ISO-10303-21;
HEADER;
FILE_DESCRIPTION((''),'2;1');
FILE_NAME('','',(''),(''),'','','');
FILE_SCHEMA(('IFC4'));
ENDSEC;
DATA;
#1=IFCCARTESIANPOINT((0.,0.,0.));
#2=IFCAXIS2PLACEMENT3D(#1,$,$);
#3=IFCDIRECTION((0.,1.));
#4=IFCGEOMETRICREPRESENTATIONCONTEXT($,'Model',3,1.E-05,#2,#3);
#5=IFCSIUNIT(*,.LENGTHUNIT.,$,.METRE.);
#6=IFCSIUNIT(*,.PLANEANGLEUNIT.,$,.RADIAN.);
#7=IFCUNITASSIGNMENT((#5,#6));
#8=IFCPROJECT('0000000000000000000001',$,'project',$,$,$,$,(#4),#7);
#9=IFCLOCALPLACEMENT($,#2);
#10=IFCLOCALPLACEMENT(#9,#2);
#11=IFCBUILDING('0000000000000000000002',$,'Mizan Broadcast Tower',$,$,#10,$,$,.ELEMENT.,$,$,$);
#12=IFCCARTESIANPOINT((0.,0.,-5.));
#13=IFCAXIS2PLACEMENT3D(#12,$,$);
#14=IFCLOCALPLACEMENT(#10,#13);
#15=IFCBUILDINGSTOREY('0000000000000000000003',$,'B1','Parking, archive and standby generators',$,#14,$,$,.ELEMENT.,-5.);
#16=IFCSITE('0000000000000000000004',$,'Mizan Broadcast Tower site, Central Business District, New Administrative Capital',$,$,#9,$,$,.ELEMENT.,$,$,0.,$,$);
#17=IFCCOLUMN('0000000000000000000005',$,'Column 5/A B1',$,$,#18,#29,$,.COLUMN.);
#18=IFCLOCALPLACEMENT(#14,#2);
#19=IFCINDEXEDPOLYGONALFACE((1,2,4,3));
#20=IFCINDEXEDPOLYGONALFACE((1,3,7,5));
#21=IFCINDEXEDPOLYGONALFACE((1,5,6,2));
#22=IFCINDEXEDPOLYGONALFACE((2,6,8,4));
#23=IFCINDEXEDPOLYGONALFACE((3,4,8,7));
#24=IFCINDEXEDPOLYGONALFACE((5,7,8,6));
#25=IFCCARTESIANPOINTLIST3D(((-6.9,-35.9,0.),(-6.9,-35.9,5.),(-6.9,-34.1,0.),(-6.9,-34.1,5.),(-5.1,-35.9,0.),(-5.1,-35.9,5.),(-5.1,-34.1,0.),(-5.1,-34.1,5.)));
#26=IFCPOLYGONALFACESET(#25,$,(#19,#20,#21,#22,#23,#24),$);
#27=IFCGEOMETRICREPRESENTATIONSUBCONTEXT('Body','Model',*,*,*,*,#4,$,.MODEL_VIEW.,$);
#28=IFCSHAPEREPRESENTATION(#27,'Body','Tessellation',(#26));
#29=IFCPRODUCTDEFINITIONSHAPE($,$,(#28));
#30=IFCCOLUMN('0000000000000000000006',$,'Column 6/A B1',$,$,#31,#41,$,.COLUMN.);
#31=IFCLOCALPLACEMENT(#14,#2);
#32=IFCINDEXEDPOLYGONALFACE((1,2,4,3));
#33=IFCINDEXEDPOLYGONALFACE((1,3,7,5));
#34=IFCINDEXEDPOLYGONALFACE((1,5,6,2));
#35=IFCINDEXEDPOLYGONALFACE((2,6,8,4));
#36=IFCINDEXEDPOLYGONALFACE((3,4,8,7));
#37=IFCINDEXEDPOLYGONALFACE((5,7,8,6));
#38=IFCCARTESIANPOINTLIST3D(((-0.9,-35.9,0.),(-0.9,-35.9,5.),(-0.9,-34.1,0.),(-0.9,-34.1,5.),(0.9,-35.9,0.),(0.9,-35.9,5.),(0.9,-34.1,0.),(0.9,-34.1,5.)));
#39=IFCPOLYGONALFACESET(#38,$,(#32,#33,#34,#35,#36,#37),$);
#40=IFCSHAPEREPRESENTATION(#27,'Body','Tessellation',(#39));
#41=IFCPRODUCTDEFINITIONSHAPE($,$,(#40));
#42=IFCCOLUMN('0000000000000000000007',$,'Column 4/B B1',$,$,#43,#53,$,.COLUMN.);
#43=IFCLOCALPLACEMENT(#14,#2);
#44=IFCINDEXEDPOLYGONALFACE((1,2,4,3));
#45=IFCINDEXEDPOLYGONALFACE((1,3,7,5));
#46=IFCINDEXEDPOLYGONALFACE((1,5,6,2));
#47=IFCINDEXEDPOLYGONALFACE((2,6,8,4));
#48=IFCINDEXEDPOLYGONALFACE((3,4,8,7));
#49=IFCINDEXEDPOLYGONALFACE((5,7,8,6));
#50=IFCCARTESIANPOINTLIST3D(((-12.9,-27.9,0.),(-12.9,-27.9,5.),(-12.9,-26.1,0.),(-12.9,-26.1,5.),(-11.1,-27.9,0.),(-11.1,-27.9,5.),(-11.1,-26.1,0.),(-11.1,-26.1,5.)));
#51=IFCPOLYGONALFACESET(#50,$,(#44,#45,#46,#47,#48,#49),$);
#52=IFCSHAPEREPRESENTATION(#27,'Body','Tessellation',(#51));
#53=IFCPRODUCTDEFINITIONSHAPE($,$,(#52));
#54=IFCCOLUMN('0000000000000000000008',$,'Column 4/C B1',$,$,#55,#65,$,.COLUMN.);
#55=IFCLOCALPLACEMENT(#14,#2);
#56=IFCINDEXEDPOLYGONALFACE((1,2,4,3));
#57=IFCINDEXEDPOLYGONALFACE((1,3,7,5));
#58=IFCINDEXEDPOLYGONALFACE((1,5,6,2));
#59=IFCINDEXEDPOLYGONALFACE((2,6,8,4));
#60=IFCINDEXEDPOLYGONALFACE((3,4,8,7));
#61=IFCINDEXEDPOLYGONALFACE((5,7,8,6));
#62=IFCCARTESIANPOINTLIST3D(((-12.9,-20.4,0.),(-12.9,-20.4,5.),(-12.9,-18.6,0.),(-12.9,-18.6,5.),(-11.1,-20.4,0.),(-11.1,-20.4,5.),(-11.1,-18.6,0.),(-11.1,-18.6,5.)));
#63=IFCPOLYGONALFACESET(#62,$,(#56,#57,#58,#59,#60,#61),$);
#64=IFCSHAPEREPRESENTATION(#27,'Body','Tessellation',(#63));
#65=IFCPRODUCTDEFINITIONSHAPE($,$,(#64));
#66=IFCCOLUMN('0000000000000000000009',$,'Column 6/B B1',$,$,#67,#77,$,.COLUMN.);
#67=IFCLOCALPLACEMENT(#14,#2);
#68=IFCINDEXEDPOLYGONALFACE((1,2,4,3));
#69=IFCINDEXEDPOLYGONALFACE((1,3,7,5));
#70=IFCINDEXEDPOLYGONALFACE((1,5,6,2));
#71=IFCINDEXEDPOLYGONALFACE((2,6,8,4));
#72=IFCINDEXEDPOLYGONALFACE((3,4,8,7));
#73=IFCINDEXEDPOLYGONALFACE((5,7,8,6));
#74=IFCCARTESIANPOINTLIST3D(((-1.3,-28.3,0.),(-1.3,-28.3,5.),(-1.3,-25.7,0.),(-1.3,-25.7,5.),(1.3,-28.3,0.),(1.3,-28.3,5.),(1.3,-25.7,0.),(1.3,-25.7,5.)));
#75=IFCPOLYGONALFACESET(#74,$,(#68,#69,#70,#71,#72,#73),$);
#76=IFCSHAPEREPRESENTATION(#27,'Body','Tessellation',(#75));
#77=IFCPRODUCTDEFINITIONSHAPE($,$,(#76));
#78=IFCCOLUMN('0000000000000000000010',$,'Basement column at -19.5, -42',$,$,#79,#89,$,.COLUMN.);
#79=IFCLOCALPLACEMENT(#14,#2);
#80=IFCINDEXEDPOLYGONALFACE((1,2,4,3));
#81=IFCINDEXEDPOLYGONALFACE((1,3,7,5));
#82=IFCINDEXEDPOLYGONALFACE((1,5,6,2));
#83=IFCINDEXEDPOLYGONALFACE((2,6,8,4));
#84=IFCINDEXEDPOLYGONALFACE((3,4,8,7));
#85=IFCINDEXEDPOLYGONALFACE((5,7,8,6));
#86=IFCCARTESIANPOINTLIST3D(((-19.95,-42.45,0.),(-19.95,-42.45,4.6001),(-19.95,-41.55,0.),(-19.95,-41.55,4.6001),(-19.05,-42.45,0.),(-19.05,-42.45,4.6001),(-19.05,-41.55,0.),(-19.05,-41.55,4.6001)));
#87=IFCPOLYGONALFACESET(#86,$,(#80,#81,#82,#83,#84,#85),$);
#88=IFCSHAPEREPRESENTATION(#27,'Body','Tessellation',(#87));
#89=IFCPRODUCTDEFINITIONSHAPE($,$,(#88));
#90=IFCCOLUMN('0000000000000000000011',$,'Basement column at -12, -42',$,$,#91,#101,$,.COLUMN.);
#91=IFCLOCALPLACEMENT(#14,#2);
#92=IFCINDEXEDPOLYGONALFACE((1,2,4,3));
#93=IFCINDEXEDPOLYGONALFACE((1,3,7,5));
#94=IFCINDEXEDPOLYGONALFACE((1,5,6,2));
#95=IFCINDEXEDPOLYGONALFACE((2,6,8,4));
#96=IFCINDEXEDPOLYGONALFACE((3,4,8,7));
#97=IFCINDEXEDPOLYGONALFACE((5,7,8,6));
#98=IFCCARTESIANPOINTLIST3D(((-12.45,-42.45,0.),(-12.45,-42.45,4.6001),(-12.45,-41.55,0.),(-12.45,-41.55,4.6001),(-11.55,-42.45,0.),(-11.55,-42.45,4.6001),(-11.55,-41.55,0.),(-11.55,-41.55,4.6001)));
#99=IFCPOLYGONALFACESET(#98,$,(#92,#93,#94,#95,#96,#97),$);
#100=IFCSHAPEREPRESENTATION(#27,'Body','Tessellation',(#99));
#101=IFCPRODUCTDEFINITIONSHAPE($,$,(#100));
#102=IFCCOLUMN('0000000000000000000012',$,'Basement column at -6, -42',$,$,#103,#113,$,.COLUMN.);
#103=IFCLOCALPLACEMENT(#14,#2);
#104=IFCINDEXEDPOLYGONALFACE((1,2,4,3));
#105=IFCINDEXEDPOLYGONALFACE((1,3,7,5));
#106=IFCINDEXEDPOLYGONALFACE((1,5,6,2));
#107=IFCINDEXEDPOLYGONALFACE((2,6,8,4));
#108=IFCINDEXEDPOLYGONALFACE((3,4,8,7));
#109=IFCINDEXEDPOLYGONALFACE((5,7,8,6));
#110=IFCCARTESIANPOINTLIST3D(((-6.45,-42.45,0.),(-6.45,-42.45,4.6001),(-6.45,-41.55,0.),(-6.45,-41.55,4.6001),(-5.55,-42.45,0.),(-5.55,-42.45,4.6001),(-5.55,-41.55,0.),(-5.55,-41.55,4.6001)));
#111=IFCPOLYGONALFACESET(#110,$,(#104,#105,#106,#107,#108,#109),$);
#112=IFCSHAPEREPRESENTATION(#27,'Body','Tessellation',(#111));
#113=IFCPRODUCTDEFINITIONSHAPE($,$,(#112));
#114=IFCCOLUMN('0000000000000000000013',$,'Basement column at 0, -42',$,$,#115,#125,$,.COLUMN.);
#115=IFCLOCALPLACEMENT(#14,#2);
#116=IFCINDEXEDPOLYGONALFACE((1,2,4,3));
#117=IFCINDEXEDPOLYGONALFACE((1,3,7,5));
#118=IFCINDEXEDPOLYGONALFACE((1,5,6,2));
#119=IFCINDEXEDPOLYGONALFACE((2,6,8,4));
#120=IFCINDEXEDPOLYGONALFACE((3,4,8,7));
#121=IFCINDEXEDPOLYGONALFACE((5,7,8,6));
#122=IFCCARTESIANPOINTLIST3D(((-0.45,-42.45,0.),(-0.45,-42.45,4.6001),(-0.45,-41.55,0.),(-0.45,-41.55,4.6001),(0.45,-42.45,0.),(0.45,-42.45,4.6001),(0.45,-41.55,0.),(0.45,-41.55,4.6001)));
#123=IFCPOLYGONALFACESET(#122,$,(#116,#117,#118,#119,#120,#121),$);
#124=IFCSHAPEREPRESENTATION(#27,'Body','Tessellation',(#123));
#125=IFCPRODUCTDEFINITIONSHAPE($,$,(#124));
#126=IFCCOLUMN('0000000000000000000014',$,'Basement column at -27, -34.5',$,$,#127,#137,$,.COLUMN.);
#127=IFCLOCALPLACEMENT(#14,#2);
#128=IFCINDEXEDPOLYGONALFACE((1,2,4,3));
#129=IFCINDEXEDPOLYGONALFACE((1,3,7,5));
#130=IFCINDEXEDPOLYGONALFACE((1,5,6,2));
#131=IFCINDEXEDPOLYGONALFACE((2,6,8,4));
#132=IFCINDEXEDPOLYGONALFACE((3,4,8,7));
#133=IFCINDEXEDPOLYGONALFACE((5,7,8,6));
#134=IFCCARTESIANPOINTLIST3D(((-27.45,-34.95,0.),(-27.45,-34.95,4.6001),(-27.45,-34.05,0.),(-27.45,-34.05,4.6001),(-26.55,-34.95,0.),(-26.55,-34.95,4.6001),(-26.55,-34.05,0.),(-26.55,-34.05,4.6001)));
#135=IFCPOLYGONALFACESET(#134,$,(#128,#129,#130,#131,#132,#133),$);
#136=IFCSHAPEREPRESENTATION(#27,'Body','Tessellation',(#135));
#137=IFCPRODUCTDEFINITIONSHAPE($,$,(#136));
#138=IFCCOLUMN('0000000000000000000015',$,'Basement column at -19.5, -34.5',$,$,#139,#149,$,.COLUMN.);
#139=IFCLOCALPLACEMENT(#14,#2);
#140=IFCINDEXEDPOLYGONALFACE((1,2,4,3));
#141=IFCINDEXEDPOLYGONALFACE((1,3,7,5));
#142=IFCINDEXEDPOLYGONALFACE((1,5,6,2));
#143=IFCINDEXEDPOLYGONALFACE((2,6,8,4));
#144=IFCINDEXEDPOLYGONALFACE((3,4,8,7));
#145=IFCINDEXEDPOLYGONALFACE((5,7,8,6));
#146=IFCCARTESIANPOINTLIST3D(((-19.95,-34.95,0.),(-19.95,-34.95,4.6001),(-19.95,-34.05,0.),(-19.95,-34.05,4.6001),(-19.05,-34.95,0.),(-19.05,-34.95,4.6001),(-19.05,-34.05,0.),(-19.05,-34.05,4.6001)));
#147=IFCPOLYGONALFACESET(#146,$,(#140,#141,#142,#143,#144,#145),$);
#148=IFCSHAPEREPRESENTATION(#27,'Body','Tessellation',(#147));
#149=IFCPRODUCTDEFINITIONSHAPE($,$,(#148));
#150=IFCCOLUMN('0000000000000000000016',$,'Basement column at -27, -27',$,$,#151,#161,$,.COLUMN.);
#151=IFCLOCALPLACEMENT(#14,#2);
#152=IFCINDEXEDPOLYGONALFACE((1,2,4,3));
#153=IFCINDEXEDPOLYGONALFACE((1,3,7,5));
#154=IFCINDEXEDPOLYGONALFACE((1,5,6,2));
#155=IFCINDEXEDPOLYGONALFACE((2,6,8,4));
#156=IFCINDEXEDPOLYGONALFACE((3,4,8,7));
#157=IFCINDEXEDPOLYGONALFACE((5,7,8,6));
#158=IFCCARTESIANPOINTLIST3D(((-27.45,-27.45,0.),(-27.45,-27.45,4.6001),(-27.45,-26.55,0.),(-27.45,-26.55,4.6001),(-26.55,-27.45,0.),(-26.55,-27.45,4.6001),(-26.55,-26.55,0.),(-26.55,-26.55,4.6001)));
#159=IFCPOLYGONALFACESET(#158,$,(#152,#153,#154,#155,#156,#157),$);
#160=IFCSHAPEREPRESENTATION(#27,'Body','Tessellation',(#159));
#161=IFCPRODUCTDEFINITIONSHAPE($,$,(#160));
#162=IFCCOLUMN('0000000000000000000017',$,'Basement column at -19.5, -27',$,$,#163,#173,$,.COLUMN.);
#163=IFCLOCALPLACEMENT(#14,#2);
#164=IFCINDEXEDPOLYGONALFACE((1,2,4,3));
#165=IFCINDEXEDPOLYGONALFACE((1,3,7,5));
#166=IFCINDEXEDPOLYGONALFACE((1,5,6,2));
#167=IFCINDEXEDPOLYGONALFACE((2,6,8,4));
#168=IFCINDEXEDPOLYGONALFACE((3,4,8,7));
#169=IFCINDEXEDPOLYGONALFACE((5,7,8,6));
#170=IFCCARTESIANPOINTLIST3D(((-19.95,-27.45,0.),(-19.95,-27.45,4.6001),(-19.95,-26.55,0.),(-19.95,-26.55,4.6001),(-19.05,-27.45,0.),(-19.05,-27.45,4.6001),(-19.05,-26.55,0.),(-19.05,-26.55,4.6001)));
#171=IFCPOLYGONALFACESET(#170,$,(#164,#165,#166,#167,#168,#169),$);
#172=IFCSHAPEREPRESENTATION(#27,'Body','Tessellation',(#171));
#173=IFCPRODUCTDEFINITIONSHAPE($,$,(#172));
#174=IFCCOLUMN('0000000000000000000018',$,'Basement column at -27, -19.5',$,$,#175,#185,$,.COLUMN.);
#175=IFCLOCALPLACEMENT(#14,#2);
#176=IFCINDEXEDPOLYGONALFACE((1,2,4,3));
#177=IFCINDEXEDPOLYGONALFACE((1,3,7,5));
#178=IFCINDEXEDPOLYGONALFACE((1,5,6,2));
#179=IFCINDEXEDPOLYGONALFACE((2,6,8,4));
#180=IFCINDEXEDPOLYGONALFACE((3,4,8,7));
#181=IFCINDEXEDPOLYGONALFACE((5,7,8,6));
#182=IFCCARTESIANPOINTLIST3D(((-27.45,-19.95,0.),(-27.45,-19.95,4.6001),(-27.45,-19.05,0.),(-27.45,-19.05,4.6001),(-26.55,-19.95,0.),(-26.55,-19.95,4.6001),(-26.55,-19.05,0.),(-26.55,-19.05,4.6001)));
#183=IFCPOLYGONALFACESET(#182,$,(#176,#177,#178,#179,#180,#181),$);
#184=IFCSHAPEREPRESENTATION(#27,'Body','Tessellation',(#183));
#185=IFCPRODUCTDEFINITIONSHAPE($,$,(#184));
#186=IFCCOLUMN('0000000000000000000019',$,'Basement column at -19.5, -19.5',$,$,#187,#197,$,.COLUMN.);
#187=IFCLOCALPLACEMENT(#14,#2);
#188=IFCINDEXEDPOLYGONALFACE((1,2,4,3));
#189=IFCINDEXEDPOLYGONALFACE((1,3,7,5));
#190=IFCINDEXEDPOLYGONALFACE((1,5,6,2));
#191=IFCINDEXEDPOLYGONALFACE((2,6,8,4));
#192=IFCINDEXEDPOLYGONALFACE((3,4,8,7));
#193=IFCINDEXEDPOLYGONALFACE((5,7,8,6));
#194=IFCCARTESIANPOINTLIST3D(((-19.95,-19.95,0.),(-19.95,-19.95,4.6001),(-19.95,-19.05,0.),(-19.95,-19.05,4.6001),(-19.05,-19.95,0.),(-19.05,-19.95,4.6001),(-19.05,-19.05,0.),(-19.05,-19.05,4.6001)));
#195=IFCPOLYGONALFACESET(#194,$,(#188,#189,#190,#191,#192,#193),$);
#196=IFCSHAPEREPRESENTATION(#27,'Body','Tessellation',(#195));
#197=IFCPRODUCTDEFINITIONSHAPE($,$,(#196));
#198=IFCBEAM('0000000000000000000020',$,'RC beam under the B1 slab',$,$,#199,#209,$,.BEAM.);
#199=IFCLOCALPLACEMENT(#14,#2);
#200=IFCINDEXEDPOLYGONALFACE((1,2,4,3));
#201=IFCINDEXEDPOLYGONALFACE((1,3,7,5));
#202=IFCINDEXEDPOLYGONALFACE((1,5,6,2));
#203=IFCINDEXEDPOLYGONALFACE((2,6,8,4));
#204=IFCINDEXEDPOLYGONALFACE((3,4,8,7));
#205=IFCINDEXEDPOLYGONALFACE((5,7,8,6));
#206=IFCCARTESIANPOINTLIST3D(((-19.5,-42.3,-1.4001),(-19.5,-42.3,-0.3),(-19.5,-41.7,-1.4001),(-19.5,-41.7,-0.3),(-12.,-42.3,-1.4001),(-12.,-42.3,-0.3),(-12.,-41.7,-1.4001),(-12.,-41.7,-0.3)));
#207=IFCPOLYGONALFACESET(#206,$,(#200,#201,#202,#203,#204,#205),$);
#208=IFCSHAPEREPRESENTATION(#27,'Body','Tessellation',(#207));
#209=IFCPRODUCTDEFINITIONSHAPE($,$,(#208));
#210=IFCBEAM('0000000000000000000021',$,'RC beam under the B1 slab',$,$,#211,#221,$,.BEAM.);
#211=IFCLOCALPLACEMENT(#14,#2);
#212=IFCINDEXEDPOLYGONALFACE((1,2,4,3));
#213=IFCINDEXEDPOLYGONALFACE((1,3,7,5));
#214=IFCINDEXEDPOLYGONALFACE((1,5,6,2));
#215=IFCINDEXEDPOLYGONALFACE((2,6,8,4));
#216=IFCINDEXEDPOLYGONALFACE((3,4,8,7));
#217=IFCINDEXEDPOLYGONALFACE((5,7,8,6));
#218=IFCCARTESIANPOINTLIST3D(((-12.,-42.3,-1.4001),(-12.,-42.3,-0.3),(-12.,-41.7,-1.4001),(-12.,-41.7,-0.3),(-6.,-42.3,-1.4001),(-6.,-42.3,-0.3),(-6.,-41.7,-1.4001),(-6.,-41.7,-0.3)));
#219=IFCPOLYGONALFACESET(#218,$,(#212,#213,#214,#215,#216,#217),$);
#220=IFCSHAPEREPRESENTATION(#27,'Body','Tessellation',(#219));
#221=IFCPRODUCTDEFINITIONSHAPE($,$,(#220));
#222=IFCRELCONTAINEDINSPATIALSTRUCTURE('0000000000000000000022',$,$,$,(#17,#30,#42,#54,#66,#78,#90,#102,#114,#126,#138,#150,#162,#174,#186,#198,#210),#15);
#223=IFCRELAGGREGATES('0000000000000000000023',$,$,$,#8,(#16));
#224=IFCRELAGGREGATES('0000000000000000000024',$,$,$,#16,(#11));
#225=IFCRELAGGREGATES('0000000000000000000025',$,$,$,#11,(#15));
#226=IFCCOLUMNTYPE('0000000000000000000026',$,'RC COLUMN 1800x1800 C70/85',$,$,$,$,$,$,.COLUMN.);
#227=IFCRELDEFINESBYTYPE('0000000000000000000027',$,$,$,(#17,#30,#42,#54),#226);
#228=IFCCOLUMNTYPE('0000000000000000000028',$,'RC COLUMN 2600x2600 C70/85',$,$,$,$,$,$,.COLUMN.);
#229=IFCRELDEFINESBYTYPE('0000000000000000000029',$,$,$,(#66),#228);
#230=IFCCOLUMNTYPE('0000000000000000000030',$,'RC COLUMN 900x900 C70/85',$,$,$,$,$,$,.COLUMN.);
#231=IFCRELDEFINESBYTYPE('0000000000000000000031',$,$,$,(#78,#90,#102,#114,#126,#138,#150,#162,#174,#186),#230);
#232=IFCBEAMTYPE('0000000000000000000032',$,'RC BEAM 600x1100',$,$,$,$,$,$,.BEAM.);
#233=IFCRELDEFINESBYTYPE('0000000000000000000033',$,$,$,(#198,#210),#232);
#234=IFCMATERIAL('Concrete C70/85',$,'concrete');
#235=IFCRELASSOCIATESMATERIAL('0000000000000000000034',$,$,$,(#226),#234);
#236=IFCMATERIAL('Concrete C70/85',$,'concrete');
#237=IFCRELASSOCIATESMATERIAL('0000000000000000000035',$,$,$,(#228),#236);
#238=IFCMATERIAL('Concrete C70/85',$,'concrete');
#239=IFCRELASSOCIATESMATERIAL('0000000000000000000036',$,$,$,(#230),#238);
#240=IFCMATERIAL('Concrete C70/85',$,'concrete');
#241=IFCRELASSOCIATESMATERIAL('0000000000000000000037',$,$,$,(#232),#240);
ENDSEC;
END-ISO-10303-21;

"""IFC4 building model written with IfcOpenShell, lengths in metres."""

from ifc_helpers import new_model, si_unit, direction, frame, origin, origin_2d, place, context, subcontext, project, spatial, rectangle, extrude, material, material_profile, profile_set, type_object, element, save


model = new_model("IFC4")

# Units and contexts
model_context = context("Model", 3, precision=1e-05, world=origin(), true_north=direction((0.0, 1.0)))
body_context = subcontext(model_context, "Body", "Model", "MODEL_VIEW")
ifc_project = project(units=[si_unit("LENGTHUNIT", "METRE"), si_unit("PLANEANGLEUNIT", "RADIAN")], contexts=[model_context])

# Site, building, storey
site_placement = place(None, origin())
site = spatial("IfcSite", under=ifc_project, at=site_placement, Name="Mizan Broadcast Tower site, Central Business District, New Administrative Capital", CompositionType="ELEMENT", RefElevation=0.0)
building_placement = place(site_placement, origin())
building = spatial("IfcBuilding", under=site, at=building_placement, Name="Mizan Broadcast Tower", CompositionType="ELEMENT")
storey_placement = place(building_placement, frame((0.0, 0.0, -5.0)))
storey = spatial("IfcBuildingStorey", under=building, at=storey_placement, Name="B1", Description="Parking, archive and standby generators", CompositionType="ELEMENT", Elevation=-5.0)

# Columns
ifc_material_1 = material(Name="Concrete C70/85", Category="concrete")
ifc_material_profile_1 = material_profile(ifc_material_1, rectangle(XDim=1.8, YDim=1.8, at=origin_2d()), Name="RC 1800x1800")
ifc_profile_set_1 = profile_set([ifc_material_profile_1], Name="Concrete C70/85")
column_type_1 = type_object("IfcColumnType", Name="RC COLUMN 1800x1800 C70/85", PredefinedType="COLUMN", material=ifc_profile_set_1)
for number, where, z_axis, x_axis, name in (
    (1, (-6.0, -35.0, 0.0), (0.0, 0.0, 1.0), (1.0, 0.0, 0.0), "Column 5/A B1"),
    (2, (0.0, -35.0, 0.0), (0.0, 0.0, 1.0), (1.0, 0.0, 0.0), "Column 6/A B1"),
    (3, (-12.0, -27.0, 0.0), (0.0, 0.0, 1.0), (1.0, 0.0, 0.0), "Column 4/B B1"),
    (4, (-12.0, -19.5, 0.0), (0.0, 0.0, 1.0), (1.0, 0.0, 0.0), "Column 4/C B1"),
):
    element("IfcColumn", number, at=place(storey_placement, frame(where, z_axis=z_axis, x_axis=x_axis)), inside=storey, type_object=column_type_1, Name=name, PredefinedType="COLUMN", context=body_context, shape_type="SweptSolid", body=[
        extrude(rectangle(XDim=1.8, YDim=1.8, at=origin_2d()), origin(), (0.0, 0.0, 1.0), 5.0),
    ])
ifc_material_2 = material(Name="Concrete C70/85", Category="concrete")
ifc_material_profile_2 = material_profile(ifc_material_2, rectangle(XDim=2.6001, YDim=2.6001, at=origin_2d()), Name="RC 2600x2600")
ifc_profile_set_2 = profile_set([ifc_material_profile_2], Name="Concrete C70/85")
column_type_2 = type_object("IfcColumnType", Name="RC COLUMN 2600x2600 C70/85", PredefinedType="COLUMN", material=ifc_profile_set_2)
column_placement = place(storey_placement, frame((0.0, -27.0, 0.0), z_axis=(0.0, 0.0, 1.0), x_axis=(1.0, 0.0, 0.0)))
element("IfcColumn", 5, at=column_placement, inside=storey, type_object=column_type_2, Name="Column 6/B B1", PredefinedType="COLUMN", context=body_context, shape_type="SweptSolid", body=[
    extrude(rectangle(XDim=2.6001, YDim=2.6001, at=origin_2d()), origin(), (0.0, 0.0, 1.0), 5.0),
])
ifc_material_3 = material(Name="Concrete C70/85", Category="concrete")
ifc_material_profile_3 = material_profile(ifc_material_3, rectangle(XDim=0.8999, YDim=0.8999, at=origin_2d()), Name="RC 900x900")
ifc_profile_set_3 = profile_set([ifc_material_profile_3], Name="Concrete C70/85")
column_type_3 = type_object("IfcColumnType", Name="RC COLUMN 900x900 C70/85", PredefinedType="COLUMN", material=ifc_profile_set_3)
for number, where, z_axis, x_axis, name in (
    (6, (-19.5, -42.0, 0.0), (0.0, 0.0, 1.0), (1.0, 0.0, 0.0), "Basement column at -19.5, -42"),
    (7, (-12.0, -42.0, 0.0), (0.0, 0.0, 1.0), (1.0, 0.0, 0.0), "Basement column at -12, -42"),
    (8, (-6.0, -42.0, 0.0), (0.0, 0.0, 1.0), (1.0, 0.0, 0.0), "Basement column at -6, -42"),
    (9, (0.0, -42.0, 0.0), (0.0, 0.0, 1.0), (1.0, 0.0, 0.0), "Basement column at 0, -42"),
    (10, (-27.0, -34.5, 0.0), (0.0, 0.0, 1.0), (1.0, 0.0, 0.0), "Basement column at -27, -34.5"),
    (11, (-19.5, -34.5, 0.0), (0.0, 0.0, 1.0), (1.0, 0.0, 0.0), "Basement column at -19.5, -34.5"),
    (12, (-27.0, -27.0, 0.0), (0.0, 0.0, 1.0), (1.0, 0.0, 0.0), "Basement column at -27, -27"),
    (13, (-19.5, -27.0, 0.0), (0.0, 0.0, 1.0), (1.0, 0.0, 0.0), "Basement column at -19.5, -27"),
    (14, (-27.0, -19.5, 0.0), (0.0, 0.0, 1.0), (1.0, 0.0, 0.0), "Basement column at -27, -19.5"),
    (15, (-19.5, -19.5, 0.0), (0.0, 0.0, 1.0), (1.0, 0.0, 0.0), "Basement column at -19.5, -19.5"),
):
    element("IfcColumn", number, at=place(storey_placement, frame(where, z_axis=z_axis, x_axis=x_axis)), inside=storey, type_object=column_type_3, Name=name, PredefinedType="COLUMN", context=body_context, shape_type="SweptSolid", body=[
        extrude(rectangle(XDim=0.8999, YDim=0.8999, at=origin_2d()), origin(), (0.0, 0.0, 1.0), 4.6001),
    ])

# Beams
ifc_material_4 = material(Name="Concrete C70/85", Category="concrete")
ifc_material_profile_4 = material_profile(ifc_material_4, rectangle(XDim=0.6001, YDim=1.1001, at=origin_2d()), Name="RC 600x1100")
ifc_profile_set_4 = profile_set([ifc_material_profile_4], Name="Concrete C70/85")
beam_type = type_object("IfcBeamType", Name="RC BEAM 600x1100", PredefinedType="BEAM", material=ifc_profile_set_4)
beam_placement = place(storey_placement, frame((-19.5, -42.0, -0.8501), z_axis=(1.0, 0.0, 0.0), x_axis=(0.0, 1.0, 0.0)))
element("IfcBeam", 16, at=beam_placement, inside=storey, type_object=beam_type, Name="RC beam under the B1 slab", PredefinedType="BEAM", context=body_context, shape_type="SweptSolid", body=[
    extrude(rectangle(XDim=0.6001, YDim=1.1001, at=origin_2d()), origin(), (0.0, 0.0, 1.0), 7.5),
])
for number, where, z_axis, x_axis, name in (
    (17, (-12.0, -42.0, -0.8501), (1.0, 0.0, 0.0), (0.0, 1.0, 0.0), "RC beam under the B1 slab"),
):
    element("IfcBeam", number, at=place(storey_placement, frame(where, z_axis=z_axis, x_axis=x_axis)), inside=storey, type_object=beam_type, Name=name, PredefinedType="BEAM", context=body_context, shape_type="SweptSolid", body=[
        extrude(rectangle(XDim=0.6001, YDim=1.1001, at=origin_2d()), origin(), (0.0, 0.0, 1.0), 6.0),
    ])

save(model, "model.ifc")
